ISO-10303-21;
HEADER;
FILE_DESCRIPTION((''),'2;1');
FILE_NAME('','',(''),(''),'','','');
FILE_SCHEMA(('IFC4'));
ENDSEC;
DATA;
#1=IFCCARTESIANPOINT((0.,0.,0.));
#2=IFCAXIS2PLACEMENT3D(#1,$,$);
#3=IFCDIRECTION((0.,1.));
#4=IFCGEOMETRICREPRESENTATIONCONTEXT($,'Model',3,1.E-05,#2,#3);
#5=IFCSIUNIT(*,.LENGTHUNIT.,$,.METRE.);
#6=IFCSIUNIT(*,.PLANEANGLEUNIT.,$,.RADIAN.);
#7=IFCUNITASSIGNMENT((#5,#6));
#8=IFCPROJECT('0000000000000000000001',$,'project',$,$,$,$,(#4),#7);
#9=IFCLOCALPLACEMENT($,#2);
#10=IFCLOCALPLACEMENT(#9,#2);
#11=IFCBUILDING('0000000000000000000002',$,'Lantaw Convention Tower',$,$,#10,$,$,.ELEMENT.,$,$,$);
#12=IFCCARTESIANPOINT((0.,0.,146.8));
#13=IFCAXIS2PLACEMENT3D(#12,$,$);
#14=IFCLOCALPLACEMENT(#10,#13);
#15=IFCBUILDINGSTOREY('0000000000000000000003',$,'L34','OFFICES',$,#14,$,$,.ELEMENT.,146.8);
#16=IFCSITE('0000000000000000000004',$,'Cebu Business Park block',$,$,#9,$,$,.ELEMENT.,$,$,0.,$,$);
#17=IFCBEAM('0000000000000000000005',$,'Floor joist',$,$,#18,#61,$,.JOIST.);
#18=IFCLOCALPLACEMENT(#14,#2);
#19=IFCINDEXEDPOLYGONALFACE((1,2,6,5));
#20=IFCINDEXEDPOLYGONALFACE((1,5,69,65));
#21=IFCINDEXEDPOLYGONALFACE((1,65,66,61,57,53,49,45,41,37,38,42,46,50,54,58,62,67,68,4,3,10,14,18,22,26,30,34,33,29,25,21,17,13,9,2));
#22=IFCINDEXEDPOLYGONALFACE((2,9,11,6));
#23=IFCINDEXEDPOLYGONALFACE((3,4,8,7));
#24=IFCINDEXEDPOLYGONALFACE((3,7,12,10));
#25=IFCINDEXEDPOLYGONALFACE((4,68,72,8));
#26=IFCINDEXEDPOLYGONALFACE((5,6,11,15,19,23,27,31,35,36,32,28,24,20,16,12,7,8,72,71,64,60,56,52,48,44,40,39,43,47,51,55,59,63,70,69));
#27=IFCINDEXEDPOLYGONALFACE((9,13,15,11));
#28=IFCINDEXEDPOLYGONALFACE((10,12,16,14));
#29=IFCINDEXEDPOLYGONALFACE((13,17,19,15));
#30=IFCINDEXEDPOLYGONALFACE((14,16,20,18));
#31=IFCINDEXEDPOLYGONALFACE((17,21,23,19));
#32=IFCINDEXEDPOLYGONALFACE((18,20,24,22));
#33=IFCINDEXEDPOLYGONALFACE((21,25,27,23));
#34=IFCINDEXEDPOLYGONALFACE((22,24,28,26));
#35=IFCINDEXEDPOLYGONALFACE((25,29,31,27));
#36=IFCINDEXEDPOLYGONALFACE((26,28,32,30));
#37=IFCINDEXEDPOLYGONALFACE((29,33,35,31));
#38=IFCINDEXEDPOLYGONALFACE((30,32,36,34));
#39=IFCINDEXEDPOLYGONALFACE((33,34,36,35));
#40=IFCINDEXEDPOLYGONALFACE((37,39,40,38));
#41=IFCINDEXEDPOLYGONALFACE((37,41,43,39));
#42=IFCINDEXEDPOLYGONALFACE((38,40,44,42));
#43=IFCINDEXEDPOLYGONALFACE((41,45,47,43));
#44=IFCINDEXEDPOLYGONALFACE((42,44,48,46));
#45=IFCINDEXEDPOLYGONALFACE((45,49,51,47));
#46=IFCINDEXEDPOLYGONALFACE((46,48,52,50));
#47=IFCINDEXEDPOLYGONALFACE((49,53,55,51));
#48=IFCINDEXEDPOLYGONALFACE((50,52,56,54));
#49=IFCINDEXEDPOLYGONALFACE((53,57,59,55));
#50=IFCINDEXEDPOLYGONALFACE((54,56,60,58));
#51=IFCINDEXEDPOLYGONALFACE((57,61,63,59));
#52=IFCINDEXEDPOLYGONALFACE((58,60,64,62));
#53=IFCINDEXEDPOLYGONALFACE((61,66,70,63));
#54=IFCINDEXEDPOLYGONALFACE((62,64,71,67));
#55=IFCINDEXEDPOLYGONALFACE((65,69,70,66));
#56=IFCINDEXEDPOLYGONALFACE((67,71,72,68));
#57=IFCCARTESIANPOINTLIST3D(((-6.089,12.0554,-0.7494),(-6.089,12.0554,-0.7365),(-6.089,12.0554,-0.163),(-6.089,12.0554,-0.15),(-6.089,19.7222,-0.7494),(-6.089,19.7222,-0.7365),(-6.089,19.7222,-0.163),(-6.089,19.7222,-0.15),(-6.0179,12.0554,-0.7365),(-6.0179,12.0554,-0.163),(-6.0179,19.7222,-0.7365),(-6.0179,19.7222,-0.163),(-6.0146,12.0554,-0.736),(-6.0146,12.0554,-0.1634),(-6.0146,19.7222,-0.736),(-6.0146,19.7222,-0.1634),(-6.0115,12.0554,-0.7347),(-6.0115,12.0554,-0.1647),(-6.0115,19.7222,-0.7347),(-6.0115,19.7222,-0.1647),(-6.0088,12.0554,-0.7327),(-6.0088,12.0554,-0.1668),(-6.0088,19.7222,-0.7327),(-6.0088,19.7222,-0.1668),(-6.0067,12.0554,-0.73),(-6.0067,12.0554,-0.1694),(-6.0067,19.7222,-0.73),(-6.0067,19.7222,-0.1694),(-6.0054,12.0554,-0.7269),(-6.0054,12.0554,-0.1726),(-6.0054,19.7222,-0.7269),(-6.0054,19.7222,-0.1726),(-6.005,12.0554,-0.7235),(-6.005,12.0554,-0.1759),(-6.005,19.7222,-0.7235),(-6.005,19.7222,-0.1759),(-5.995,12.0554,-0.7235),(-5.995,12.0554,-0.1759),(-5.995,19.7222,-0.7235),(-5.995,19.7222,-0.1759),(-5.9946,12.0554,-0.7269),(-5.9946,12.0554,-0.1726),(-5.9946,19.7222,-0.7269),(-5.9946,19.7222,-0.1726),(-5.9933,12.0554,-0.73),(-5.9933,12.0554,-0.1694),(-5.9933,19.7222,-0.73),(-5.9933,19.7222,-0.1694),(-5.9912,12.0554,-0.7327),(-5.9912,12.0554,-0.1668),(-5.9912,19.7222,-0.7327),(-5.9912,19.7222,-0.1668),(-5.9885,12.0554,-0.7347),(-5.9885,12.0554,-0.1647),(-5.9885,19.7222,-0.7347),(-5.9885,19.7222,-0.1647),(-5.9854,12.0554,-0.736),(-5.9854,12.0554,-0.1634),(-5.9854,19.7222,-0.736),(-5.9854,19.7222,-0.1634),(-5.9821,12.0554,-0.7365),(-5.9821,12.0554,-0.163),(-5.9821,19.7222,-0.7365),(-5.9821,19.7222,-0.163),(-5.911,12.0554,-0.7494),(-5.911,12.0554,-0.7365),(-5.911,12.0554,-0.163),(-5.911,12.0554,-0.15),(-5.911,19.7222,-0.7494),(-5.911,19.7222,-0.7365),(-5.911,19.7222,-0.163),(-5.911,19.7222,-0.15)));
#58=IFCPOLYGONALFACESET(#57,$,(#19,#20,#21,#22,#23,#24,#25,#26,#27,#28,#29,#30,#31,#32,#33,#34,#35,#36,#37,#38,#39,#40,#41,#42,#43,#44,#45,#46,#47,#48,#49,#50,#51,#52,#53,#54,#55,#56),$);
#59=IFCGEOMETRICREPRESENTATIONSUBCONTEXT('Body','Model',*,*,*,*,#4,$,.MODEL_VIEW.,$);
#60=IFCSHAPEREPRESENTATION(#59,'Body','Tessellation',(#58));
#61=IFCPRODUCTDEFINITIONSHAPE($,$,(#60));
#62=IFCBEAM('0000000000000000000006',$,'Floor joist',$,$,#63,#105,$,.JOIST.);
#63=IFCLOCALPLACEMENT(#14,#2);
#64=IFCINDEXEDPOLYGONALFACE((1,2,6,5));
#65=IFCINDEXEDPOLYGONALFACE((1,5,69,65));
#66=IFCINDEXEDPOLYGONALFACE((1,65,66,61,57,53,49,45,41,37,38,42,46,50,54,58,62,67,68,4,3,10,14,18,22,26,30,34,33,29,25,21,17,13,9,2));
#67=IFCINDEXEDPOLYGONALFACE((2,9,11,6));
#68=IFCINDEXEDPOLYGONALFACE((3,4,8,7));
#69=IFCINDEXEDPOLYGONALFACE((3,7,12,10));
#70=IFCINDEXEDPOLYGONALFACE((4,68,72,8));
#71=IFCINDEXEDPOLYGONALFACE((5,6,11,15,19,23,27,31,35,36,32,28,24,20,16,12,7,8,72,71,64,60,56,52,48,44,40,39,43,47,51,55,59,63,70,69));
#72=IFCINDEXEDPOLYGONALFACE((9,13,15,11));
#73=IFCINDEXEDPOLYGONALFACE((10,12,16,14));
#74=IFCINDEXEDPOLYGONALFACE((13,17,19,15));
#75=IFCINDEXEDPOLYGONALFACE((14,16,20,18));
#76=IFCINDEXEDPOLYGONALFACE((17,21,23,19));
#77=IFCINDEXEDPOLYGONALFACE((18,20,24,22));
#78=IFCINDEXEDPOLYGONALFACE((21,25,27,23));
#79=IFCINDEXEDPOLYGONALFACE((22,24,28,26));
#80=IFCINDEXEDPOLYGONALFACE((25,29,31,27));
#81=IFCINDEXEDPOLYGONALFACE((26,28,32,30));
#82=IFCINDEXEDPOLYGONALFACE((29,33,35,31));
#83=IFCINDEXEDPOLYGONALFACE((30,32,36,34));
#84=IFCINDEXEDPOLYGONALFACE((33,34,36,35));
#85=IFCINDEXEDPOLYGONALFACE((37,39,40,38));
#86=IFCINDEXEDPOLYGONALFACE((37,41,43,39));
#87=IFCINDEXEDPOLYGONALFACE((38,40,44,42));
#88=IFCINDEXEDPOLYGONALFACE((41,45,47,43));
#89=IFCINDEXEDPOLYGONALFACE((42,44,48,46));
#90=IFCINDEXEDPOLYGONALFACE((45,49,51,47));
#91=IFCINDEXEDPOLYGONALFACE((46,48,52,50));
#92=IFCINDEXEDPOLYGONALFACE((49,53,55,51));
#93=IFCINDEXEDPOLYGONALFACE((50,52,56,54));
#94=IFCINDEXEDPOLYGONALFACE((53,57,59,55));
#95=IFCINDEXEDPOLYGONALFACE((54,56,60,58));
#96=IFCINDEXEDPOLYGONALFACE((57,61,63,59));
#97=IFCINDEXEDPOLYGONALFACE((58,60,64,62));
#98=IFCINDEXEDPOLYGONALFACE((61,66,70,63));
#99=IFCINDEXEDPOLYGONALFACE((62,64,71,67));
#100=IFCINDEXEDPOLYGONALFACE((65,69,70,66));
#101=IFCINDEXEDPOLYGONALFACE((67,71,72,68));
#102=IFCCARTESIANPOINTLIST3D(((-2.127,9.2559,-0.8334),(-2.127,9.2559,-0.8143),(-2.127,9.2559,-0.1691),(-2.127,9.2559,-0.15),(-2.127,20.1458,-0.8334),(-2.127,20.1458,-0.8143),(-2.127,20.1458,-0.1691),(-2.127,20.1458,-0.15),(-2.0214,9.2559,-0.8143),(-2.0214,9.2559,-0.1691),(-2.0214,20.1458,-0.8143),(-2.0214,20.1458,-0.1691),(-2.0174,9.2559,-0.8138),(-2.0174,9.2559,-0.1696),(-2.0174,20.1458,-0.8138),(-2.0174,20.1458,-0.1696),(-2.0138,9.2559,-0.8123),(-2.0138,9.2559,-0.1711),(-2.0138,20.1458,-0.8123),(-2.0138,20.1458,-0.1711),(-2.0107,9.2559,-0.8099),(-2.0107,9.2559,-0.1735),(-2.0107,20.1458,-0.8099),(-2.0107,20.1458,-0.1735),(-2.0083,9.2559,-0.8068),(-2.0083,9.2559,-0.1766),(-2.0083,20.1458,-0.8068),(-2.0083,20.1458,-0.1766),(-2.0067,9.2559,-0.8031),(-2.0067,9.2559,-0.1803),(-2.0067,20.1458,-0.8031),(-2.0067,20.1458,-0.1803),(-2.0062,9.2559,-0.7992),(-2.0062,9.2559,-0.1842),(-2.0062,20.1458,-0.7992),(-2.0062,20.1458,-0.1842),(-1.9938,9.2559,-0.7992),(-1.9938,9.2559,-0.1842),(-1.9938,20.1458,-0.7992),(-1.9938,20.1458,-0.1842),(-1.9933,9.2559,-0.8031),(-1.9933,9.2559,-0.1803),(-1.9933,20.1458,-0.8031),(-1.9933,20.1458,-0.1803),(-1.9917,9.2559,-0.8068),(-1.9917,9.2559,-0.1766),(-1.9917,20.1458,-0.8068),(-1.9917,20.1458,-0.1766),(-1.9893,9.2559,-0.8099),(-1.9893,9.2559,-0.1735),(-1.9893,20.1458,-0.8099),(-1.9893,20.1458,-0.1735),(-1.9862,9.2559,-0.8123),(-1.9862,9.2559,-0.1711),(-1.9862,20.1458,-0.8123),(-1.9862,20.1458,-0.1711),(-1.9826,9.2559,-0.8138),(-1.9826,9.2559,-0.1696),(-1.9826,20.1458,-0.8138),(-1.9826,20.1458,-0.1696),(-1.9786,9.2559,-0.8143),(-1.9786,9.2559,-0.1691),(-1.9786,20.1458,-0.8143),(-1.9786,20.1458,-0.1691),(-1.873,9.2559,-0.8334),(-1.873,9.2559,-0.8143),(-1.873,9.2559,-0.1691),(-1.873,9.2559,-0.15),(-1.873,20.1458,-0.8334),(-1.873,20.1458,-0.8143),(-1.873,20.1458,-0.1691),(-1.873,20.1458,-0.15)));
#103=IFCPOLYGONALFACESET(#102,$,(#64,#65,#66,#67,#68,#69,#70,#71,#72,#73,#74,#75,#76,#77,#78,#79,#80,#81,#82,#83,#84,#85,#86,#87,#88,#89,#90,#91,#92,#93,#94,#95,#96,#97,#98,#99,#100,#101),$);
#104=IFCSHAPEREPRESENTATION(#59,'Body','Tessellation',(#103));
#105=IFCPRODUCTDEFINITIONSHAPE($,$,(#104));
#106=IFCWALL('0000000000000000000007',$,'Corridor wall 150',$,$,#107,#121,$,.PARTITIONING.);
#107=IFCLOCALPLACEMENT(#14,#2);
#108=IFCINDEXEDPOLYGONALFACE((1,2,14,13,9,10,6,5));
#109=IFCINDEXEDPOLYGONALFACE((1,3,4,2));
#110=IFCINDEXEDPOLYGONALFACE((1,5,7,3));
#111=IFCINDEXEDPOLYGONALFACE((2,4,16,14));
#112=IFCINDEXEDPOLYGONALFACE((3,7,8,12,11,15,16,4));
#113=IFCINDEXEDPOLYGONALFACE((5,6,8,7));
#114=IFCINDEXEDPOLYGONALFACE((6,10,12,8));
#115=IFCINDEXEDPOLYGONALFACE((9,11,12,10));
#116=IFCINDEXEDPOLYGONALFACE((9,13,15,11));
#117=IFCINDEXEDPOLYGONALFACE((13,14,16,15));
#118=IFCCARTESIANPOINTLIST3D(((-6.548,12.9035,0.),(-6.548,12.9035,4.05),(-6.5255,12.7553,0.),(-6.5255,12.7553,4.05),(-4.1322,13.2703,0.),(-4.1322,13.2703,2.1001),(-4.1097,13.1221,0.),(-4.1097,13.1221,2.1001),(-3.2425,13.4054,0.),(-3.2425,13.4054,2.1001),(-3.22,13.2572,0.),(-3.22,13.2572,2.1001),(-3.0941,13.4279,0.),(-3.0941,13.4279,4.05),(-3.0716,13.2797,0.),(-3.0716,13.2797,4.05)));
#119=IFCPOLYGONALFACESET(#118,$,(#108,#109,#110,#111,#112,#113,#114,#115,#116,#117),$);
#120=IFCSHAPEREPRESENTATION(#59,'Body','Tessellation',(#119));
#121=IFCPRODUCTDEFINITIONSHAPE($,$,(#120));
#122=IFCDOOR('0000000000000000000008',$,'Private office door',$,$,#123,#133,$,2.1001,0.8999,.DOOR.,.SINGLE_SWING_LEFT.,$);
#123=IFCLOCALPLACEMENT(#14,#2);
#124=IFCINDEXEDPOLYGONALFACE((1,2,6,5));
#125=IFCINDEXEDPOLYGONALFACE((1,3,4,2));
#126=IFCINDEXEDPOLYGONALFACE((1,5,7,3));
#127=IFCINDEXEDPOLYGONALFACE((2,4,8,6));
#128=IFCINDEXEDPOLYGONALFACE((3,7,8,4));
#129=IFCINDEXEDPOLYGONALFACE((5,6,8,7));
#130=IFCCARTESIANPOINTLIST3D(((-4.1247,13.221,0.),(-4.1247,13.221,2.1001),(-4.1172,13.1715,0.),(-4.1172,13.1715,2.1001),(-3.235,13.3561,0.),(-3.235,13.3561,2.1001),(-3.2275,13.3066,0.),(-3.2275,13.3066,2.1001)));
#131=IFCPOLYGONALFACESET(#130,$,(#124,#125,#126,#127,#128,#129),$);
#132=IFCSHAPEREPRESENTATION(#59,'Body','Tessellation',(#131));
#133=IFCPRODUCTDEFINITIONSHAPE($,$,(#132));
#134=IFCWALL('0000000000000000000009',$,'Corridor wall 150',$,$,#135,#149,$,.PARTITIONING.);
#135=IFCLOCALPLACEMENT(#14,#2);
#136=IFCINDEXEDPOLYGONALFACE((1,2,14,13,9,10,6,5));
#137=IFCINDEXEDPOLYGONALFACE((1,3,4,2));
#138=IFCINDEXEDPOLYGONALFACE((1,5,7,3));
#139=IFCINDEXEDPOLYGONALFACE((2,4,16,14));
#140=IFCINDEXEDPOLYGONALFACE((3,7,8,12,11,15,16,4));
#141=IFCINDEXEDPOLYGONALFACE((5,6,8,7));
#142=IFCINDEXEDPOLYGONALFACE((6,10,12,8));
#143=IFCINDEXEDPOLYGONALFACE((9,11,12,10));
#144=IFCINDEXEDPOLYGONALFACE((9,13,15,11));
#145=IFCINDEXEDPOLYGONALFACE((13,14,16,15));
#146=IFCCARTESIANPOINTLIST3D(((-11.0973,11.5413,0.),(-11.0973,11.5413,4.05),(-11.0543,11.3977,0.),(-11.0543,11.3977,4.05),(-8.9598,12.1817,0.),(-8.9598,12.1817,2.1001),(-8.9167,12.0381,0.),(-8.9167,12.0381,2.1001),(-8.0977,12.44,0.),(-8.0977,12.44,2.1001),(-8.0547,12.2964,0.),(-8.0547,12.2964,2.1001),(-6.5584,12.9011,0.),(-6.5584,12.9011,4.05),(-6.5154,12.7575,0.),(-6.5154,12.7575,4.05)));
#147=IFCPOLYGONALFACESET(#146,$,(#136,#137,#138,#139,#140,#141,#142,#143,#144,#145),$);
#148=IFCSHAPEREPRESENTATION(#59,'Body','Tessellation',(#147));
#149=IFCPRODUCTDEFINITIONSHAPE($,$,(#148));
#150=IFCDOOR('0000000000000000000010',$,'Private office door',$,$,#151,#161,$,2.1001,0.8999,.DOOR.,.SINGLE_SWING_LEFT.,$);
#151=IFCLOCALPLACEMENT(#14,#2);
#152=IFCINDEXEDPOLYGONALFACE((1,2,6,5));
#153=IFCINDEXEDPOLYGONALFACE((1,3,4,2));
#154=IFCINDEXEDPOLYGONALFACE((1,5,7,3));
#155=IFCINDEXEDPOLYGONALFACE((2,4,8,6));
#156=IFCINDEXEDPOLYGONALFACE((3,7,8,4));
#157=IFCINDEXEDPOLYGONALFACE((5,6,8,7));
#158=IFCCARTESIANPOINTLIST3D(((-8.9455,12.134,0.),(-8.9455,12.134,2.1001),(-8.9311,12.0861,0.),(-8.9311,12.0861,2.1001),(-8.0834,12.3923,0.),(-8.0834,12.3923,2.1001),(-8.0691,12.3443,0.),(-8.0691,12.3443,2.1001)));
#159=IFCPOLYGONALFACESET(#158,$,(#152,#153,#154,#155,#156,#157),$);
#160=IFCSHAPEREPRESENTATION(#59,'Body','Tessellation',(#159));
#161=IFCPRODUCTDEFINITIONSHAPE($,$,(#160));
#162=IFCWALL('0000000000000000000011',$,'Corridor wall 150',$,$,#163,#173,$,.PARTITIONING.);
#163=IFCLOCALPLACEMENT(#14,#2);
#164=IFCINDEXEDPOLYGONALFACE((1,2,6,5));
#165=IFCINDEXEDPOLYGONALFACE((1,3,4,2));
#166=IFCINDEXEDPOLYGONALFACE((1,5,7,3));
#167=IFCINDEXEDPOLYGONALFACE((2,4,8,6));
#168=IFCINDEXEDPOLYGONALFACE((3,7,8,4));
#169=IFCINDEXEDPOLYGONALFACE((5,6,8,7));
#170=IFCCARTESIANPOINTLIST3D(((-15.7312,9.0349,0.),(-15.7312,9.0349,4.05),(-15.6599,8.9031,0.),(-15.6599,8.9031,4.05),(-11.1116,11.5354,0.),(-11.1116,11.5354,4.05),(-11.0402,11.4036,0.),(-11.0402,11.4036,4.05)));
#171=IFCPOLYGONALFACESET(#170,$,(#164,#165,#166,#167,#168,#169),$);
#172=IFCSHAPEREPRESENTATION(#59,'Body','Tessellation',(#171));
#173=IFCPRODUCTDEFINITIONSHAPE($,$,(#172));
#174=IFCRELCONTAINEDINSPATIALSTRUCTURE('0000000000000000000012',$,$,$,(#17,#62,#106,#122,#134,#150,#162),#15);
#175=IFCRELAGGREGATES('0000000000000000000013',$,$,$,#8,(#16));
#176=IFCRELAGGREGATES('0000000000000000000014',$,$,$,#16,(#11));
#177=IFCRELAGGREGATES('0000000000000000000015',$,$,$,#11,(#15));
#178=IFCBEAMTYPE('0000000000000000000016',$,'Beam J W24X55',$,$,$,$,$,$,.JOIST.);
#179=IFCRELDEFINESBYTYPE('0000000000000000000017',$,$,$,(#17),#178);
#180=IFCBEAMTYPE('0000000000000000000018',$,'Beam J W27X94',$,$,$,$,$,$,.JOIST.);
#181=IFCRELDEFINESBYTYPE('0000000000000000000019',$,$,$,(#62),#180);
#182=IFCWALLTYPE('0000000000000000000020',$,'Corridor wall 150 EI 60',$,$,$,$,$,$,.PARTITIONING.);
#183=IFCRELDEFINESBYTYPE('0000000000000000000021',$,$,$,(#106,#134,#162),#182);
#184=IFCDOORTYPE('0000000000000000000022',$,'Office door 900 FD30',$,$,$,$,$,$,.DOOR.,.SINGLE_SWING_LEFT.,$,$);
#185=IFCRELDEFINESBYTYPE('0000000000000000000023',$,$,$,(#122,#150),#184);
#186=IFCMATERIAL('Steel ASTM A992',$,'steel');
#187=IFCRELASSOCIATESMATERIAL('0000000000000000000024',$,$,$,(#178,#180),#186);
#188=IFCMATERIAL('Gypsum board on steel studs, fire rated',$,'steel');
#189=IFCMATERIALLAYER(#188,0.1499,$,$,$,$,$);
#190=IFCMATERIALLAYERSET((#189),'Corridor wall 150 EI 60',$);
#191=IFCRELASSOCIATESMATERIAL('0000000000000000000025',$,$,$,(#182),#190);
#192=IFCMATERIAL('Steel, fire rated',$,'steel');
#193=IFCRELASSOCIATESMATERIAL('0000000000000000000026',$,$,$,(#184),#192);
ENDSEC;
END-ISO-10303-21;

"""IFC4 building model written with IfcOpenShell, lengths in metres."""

from ifc_helpers import new_model, si_unit, direction, frame, frame_2d, origin, origin_2d, place, context, subcontext, project, spatial, rectangle, i_section, extrude, material, layer, layer_set, material_profile, profile_set, type_object, element, fill, save


model = new_model("IFC4")

# Units and contexts
model_context = context("Model", 3, precision=1e-05, world=origin(), true_north=direction((0.0, 1.0)))
body_context = subcontext(model_context, "Body", "Model", "MODEL_VIEW")
ifc_project = project(units=[si_unit("LENGTHUNIT", "METRE"), si_unit("PLANEANGLEUNIT", "RADIAN")], contexts=[model_context])

# Site, building, storey
site_placement = place(None, origin())
site = spatial("IfcSite", under=ifc_project, at=site_placement, Name="Cebu Business Park block", CompositionType="ELEMENT", RefElevation=0.0)
building_placement = place(site_placement, origin())
building = spatial("IfcBuilding", under=site, at=building_placement, Name="Lantaw Convention Tower", CompositionType="ELEMENT")
storey_placement = place(building_placement, frame((0.0, 0.0, 146.8)))
storey = spatial("IfcBuildingStorey", under=building, at=storey_placement, Name="L34", Description="OFFICES", CompositionType="ELEMENT", Elevation=146.8)

# Beams
ifc_material_1 = material(Name="Steel ASTM A992", Category="steel")
ifc_material_profile_1 = material_profile(ifc_material_1, i_section(OverallWidth=0.178, OverallDepth=0.5994, WebThickness=0.01, FlangeThickness=0.0129, FilletRadius=0.0129, at=origin_2d()), Name="W24X55")
ifc_profile_set_1 = profile_set([ifc_material_profile_1], Name="Steel ASTM A992")
beam_type_1 = type_object("IfcBeamType", Name="Beam J W24X55", PredefinedType="JOIST", material=ifc_profile_set_1)
beam_1_placement = place(storey_placement, frame((-6.0, 12.0554, -0.4497), z_axis=(0.0, 1.0, 0.0), x_axis=(-1.0, 0.0, 0.0)))
element("IfcBeam", 1, at=beam_1_placement, inside=storey, type_object=beam_type_1, Name="Floor joist", PredefinedType="JOIST", context=body_context, shape_type="SweptSolid", body=[
    extrude(i_section(OverallWidth=0.178, OverallDepth=0.5994, WebThickness=0.01, FlangeThickness=0.0129, FilletRadius=0.0129, at=origin_2d()), origin(), (0.0, 0.0, 1.0), 7.6667),
])
ifc_material_profile_2 = material_profile(ifc_material_1, i_section(OverallWidth=0.2539, OverallDepth=0.6833, WebThickness=0.0125, FlangeThickness=0.019, FilletRadius=0.0151, at=origin_2d()), Name="W27X94")
ifc_profile_set_2 = profile_set([ifc_material_profile_2], Name="Steel ASTM A992")
beam_type_2 = type_object("IfcBeamType", Name="Beam J W27X94", PredefinedType="JOIST", material=ifc_profile_set_2)
beam_2_placement = place(storey_placement, frame((-2.0, 9.2559, -0.4917), z_axis=(0.0, 1.0, 0.0), x_axis=(-1.0, 0.0, 0.0)))
element("IfcBeam", 2, at=beam_2_placement, inside=storey, type_object=beam_type_2, Name="Floor joist", PredefinedType="JOIST", context=body_context, shape_type="SweptSolid", body=[
    extrude(i_section(OverallWidth=0.2539, OverallDepth=0.6833, WebThickness=0.0125, FlangeThickness=0.019, FilletRadius=0.0151, at=origin_2d()), origin(), (0.0, 0.0, 1.0), 10.8899),
])

# Walls, openings, doors
ifc_material_2 = material(Name="Gypsum board on steel studs, fire rated", Category="steel")
ifc_layer_1 = layer(ifc_material_2, 0.1499)
ifc_layer_set_1 = layer_set([ifc_layer_1], Name="Corridor wall 150 EI 60")
wall_type_1 = type_object("IfcWallType", Name="Corridor wall 150 EI 60", PredefinedType="PARTITIONING", material=ifc_layer_set_1)
wall_1_placement = place(storey_placement, frame((-3.083, 13.3538, 0.0), z_axis=(0.0, 0.0, 1.0), x_axis=(-0.988669, -0.150114, 0.0)))
wall_1 = element("IfcWall", 3, at=wall_1_placement, inside=storey, type_object=wall_type_1, Name="Corridor wall 150", PredefinedType="PARTITIONING", context=body_context, shape_type="SweptSolid", body=[
    extrude(rectangle(XDim=3.4934, YDim=0.1499, at=frame_2d((1.7466, 0.0))), origin(), (0.0, 0.0, 1.0), 4.05),
])
opening_1_placement = place(wall_1_placement, frame((0.1499, 0.0, 0.0)))
opening_1 = element("IfcOpeningElement", 4, at=opening_1_placement, cuts=wall_1, PredefinedType="OPENING", context=body_context, shape_type="SweptSolid", body=[
    extrude(rectangle(XDim=0.8999, YDim=2.1001, at=frame_2d((0.45, 1.05))), frame((0.0, 0.085, 0.0), z_axis=(0.0, -1.0, 0.0), x_axis=(1.0, 0.0, 0.0)), (0.0, 0.0, 1.0), 0.1699),
])
ifc_material_3 = material(Name="Steel, fire rated", Category="steel")
door_type_1 = type_object("IfcDoorType", Name="Office door 900 FD30", OperationType="SINGLE_SWING_LEFT", PredefinedType="DOOR", material=ifc_material_3)
door_1_placement = place(opening_1_placement, origin())
door_1 = element("IfcDoor", 5, at=door_1_placement, inside=storey, type_object=door_type_1, Name="Private office door", OperationType="SINGLE_SWING_LEFT", OverallHeight=2.1001, OverallWidth=0.8999, PredefinedType="DOOR", context=body_context, shape_type="SweptSolid", body=[
    extrude(rectangle(XDim=0.8999, YDim=2.1001, at=frame_2d((0.45, 1.05))), frame((0.0, 0.0249, 0.0), z_axis=(0.0, -1.0, 0.0), x_axis=(1.0, 0.0, 0.0)), (0.0, 0.0, 1.0), 0.05),
])
fill(opening_1, door_1)
wall_2_placement = place(storey_placement, frame((-6.5369, 12.8293, 0.0), z_axis=(0.0, 0.0, 1.0), x_axis=(-0.957934, -0.286989, 0.0)))
wall_2 = element("IfcWall", 6, at=wall_2_placement, inside=storey, type_object=wall_type_1, Name="Corridor wall 150", PredefinedType="PARTITIONING", context=body_context, shape_type="SweptSolid", body=[
    extrude(rectangle(XDim=4.7383, YDim=0.1499, at=frame_2d((2.3691, 0.0))), origin(), (0.0, 0.0, 1.0), 4.05),
])
opening_2_placement = place(wall_2_placement, frame((1.6069, 0.0, 0.0)))
opening_2 = element("IfcOpeningElement", 7, at=opening_2_placement, cuts=wall_2, PredefinedType="OPENING", context=body_context, shape_type="SweptSolid", body=[
    extrude(rectangle(XDim=0.8999, YDim=2.1001, at=frame_2d((0.45, 1.05))), frame((0.0, 0.085, 0.0), z_axis=(0.0, -1.0, 0.0), x_axis=(1.0, 0.0, 0.0)), (0.0, 0.0, 1.0), 0.1699),
])
door_2_placement = place(opening_2_placement, origin())
door_2 = element("IfcDoor", 8, at=door_2_placement, inside=storey, type_object=door_type_1, Name="Private office door", OperationType="SINGLE_SWING_LEFT", OverallHeight=2.1001, OverallWidth=0.8999, PredefinedType="DOOR", context=body_context, shape_type="SweptSolid", body=[
    extrude(rectangle(XDim=0.8999, YDim=2.1001, at=frame_2d((0.45, 1.05))), frame((0.0, 0.0249, 0.0), z_axis=(0.0, -1.0, 0.0), x_axis=(1.0, 0.0, 0.0)), (0.0, 0.0, 1.0), 0.05),
])
fill(opening_2, door_2)

# Wall
wall_3_placement = place(storey_placement, frame((-11.0759, 11.4695, 0.0), z_axis=(0.0, 0.0, 1.0), x_axis=(-0.879436, -0.476017, 0.0)))
element("IfcWall", 9, at=wall_3_placement, inside=storey, type_object=wall_type_1, Name="Corridor wall 150", PredefinedType="PARTITIONING", context=body_context, shape_type="SweptSolid", body=[
    extrude(rectangle(XDim=5.2529, YDim=0.1499, at=frame_2d((2.6265, 0.0))), origin(), (0.0, 0.0, 1.0), 4.05),
])

save(model, "model.ifc")
